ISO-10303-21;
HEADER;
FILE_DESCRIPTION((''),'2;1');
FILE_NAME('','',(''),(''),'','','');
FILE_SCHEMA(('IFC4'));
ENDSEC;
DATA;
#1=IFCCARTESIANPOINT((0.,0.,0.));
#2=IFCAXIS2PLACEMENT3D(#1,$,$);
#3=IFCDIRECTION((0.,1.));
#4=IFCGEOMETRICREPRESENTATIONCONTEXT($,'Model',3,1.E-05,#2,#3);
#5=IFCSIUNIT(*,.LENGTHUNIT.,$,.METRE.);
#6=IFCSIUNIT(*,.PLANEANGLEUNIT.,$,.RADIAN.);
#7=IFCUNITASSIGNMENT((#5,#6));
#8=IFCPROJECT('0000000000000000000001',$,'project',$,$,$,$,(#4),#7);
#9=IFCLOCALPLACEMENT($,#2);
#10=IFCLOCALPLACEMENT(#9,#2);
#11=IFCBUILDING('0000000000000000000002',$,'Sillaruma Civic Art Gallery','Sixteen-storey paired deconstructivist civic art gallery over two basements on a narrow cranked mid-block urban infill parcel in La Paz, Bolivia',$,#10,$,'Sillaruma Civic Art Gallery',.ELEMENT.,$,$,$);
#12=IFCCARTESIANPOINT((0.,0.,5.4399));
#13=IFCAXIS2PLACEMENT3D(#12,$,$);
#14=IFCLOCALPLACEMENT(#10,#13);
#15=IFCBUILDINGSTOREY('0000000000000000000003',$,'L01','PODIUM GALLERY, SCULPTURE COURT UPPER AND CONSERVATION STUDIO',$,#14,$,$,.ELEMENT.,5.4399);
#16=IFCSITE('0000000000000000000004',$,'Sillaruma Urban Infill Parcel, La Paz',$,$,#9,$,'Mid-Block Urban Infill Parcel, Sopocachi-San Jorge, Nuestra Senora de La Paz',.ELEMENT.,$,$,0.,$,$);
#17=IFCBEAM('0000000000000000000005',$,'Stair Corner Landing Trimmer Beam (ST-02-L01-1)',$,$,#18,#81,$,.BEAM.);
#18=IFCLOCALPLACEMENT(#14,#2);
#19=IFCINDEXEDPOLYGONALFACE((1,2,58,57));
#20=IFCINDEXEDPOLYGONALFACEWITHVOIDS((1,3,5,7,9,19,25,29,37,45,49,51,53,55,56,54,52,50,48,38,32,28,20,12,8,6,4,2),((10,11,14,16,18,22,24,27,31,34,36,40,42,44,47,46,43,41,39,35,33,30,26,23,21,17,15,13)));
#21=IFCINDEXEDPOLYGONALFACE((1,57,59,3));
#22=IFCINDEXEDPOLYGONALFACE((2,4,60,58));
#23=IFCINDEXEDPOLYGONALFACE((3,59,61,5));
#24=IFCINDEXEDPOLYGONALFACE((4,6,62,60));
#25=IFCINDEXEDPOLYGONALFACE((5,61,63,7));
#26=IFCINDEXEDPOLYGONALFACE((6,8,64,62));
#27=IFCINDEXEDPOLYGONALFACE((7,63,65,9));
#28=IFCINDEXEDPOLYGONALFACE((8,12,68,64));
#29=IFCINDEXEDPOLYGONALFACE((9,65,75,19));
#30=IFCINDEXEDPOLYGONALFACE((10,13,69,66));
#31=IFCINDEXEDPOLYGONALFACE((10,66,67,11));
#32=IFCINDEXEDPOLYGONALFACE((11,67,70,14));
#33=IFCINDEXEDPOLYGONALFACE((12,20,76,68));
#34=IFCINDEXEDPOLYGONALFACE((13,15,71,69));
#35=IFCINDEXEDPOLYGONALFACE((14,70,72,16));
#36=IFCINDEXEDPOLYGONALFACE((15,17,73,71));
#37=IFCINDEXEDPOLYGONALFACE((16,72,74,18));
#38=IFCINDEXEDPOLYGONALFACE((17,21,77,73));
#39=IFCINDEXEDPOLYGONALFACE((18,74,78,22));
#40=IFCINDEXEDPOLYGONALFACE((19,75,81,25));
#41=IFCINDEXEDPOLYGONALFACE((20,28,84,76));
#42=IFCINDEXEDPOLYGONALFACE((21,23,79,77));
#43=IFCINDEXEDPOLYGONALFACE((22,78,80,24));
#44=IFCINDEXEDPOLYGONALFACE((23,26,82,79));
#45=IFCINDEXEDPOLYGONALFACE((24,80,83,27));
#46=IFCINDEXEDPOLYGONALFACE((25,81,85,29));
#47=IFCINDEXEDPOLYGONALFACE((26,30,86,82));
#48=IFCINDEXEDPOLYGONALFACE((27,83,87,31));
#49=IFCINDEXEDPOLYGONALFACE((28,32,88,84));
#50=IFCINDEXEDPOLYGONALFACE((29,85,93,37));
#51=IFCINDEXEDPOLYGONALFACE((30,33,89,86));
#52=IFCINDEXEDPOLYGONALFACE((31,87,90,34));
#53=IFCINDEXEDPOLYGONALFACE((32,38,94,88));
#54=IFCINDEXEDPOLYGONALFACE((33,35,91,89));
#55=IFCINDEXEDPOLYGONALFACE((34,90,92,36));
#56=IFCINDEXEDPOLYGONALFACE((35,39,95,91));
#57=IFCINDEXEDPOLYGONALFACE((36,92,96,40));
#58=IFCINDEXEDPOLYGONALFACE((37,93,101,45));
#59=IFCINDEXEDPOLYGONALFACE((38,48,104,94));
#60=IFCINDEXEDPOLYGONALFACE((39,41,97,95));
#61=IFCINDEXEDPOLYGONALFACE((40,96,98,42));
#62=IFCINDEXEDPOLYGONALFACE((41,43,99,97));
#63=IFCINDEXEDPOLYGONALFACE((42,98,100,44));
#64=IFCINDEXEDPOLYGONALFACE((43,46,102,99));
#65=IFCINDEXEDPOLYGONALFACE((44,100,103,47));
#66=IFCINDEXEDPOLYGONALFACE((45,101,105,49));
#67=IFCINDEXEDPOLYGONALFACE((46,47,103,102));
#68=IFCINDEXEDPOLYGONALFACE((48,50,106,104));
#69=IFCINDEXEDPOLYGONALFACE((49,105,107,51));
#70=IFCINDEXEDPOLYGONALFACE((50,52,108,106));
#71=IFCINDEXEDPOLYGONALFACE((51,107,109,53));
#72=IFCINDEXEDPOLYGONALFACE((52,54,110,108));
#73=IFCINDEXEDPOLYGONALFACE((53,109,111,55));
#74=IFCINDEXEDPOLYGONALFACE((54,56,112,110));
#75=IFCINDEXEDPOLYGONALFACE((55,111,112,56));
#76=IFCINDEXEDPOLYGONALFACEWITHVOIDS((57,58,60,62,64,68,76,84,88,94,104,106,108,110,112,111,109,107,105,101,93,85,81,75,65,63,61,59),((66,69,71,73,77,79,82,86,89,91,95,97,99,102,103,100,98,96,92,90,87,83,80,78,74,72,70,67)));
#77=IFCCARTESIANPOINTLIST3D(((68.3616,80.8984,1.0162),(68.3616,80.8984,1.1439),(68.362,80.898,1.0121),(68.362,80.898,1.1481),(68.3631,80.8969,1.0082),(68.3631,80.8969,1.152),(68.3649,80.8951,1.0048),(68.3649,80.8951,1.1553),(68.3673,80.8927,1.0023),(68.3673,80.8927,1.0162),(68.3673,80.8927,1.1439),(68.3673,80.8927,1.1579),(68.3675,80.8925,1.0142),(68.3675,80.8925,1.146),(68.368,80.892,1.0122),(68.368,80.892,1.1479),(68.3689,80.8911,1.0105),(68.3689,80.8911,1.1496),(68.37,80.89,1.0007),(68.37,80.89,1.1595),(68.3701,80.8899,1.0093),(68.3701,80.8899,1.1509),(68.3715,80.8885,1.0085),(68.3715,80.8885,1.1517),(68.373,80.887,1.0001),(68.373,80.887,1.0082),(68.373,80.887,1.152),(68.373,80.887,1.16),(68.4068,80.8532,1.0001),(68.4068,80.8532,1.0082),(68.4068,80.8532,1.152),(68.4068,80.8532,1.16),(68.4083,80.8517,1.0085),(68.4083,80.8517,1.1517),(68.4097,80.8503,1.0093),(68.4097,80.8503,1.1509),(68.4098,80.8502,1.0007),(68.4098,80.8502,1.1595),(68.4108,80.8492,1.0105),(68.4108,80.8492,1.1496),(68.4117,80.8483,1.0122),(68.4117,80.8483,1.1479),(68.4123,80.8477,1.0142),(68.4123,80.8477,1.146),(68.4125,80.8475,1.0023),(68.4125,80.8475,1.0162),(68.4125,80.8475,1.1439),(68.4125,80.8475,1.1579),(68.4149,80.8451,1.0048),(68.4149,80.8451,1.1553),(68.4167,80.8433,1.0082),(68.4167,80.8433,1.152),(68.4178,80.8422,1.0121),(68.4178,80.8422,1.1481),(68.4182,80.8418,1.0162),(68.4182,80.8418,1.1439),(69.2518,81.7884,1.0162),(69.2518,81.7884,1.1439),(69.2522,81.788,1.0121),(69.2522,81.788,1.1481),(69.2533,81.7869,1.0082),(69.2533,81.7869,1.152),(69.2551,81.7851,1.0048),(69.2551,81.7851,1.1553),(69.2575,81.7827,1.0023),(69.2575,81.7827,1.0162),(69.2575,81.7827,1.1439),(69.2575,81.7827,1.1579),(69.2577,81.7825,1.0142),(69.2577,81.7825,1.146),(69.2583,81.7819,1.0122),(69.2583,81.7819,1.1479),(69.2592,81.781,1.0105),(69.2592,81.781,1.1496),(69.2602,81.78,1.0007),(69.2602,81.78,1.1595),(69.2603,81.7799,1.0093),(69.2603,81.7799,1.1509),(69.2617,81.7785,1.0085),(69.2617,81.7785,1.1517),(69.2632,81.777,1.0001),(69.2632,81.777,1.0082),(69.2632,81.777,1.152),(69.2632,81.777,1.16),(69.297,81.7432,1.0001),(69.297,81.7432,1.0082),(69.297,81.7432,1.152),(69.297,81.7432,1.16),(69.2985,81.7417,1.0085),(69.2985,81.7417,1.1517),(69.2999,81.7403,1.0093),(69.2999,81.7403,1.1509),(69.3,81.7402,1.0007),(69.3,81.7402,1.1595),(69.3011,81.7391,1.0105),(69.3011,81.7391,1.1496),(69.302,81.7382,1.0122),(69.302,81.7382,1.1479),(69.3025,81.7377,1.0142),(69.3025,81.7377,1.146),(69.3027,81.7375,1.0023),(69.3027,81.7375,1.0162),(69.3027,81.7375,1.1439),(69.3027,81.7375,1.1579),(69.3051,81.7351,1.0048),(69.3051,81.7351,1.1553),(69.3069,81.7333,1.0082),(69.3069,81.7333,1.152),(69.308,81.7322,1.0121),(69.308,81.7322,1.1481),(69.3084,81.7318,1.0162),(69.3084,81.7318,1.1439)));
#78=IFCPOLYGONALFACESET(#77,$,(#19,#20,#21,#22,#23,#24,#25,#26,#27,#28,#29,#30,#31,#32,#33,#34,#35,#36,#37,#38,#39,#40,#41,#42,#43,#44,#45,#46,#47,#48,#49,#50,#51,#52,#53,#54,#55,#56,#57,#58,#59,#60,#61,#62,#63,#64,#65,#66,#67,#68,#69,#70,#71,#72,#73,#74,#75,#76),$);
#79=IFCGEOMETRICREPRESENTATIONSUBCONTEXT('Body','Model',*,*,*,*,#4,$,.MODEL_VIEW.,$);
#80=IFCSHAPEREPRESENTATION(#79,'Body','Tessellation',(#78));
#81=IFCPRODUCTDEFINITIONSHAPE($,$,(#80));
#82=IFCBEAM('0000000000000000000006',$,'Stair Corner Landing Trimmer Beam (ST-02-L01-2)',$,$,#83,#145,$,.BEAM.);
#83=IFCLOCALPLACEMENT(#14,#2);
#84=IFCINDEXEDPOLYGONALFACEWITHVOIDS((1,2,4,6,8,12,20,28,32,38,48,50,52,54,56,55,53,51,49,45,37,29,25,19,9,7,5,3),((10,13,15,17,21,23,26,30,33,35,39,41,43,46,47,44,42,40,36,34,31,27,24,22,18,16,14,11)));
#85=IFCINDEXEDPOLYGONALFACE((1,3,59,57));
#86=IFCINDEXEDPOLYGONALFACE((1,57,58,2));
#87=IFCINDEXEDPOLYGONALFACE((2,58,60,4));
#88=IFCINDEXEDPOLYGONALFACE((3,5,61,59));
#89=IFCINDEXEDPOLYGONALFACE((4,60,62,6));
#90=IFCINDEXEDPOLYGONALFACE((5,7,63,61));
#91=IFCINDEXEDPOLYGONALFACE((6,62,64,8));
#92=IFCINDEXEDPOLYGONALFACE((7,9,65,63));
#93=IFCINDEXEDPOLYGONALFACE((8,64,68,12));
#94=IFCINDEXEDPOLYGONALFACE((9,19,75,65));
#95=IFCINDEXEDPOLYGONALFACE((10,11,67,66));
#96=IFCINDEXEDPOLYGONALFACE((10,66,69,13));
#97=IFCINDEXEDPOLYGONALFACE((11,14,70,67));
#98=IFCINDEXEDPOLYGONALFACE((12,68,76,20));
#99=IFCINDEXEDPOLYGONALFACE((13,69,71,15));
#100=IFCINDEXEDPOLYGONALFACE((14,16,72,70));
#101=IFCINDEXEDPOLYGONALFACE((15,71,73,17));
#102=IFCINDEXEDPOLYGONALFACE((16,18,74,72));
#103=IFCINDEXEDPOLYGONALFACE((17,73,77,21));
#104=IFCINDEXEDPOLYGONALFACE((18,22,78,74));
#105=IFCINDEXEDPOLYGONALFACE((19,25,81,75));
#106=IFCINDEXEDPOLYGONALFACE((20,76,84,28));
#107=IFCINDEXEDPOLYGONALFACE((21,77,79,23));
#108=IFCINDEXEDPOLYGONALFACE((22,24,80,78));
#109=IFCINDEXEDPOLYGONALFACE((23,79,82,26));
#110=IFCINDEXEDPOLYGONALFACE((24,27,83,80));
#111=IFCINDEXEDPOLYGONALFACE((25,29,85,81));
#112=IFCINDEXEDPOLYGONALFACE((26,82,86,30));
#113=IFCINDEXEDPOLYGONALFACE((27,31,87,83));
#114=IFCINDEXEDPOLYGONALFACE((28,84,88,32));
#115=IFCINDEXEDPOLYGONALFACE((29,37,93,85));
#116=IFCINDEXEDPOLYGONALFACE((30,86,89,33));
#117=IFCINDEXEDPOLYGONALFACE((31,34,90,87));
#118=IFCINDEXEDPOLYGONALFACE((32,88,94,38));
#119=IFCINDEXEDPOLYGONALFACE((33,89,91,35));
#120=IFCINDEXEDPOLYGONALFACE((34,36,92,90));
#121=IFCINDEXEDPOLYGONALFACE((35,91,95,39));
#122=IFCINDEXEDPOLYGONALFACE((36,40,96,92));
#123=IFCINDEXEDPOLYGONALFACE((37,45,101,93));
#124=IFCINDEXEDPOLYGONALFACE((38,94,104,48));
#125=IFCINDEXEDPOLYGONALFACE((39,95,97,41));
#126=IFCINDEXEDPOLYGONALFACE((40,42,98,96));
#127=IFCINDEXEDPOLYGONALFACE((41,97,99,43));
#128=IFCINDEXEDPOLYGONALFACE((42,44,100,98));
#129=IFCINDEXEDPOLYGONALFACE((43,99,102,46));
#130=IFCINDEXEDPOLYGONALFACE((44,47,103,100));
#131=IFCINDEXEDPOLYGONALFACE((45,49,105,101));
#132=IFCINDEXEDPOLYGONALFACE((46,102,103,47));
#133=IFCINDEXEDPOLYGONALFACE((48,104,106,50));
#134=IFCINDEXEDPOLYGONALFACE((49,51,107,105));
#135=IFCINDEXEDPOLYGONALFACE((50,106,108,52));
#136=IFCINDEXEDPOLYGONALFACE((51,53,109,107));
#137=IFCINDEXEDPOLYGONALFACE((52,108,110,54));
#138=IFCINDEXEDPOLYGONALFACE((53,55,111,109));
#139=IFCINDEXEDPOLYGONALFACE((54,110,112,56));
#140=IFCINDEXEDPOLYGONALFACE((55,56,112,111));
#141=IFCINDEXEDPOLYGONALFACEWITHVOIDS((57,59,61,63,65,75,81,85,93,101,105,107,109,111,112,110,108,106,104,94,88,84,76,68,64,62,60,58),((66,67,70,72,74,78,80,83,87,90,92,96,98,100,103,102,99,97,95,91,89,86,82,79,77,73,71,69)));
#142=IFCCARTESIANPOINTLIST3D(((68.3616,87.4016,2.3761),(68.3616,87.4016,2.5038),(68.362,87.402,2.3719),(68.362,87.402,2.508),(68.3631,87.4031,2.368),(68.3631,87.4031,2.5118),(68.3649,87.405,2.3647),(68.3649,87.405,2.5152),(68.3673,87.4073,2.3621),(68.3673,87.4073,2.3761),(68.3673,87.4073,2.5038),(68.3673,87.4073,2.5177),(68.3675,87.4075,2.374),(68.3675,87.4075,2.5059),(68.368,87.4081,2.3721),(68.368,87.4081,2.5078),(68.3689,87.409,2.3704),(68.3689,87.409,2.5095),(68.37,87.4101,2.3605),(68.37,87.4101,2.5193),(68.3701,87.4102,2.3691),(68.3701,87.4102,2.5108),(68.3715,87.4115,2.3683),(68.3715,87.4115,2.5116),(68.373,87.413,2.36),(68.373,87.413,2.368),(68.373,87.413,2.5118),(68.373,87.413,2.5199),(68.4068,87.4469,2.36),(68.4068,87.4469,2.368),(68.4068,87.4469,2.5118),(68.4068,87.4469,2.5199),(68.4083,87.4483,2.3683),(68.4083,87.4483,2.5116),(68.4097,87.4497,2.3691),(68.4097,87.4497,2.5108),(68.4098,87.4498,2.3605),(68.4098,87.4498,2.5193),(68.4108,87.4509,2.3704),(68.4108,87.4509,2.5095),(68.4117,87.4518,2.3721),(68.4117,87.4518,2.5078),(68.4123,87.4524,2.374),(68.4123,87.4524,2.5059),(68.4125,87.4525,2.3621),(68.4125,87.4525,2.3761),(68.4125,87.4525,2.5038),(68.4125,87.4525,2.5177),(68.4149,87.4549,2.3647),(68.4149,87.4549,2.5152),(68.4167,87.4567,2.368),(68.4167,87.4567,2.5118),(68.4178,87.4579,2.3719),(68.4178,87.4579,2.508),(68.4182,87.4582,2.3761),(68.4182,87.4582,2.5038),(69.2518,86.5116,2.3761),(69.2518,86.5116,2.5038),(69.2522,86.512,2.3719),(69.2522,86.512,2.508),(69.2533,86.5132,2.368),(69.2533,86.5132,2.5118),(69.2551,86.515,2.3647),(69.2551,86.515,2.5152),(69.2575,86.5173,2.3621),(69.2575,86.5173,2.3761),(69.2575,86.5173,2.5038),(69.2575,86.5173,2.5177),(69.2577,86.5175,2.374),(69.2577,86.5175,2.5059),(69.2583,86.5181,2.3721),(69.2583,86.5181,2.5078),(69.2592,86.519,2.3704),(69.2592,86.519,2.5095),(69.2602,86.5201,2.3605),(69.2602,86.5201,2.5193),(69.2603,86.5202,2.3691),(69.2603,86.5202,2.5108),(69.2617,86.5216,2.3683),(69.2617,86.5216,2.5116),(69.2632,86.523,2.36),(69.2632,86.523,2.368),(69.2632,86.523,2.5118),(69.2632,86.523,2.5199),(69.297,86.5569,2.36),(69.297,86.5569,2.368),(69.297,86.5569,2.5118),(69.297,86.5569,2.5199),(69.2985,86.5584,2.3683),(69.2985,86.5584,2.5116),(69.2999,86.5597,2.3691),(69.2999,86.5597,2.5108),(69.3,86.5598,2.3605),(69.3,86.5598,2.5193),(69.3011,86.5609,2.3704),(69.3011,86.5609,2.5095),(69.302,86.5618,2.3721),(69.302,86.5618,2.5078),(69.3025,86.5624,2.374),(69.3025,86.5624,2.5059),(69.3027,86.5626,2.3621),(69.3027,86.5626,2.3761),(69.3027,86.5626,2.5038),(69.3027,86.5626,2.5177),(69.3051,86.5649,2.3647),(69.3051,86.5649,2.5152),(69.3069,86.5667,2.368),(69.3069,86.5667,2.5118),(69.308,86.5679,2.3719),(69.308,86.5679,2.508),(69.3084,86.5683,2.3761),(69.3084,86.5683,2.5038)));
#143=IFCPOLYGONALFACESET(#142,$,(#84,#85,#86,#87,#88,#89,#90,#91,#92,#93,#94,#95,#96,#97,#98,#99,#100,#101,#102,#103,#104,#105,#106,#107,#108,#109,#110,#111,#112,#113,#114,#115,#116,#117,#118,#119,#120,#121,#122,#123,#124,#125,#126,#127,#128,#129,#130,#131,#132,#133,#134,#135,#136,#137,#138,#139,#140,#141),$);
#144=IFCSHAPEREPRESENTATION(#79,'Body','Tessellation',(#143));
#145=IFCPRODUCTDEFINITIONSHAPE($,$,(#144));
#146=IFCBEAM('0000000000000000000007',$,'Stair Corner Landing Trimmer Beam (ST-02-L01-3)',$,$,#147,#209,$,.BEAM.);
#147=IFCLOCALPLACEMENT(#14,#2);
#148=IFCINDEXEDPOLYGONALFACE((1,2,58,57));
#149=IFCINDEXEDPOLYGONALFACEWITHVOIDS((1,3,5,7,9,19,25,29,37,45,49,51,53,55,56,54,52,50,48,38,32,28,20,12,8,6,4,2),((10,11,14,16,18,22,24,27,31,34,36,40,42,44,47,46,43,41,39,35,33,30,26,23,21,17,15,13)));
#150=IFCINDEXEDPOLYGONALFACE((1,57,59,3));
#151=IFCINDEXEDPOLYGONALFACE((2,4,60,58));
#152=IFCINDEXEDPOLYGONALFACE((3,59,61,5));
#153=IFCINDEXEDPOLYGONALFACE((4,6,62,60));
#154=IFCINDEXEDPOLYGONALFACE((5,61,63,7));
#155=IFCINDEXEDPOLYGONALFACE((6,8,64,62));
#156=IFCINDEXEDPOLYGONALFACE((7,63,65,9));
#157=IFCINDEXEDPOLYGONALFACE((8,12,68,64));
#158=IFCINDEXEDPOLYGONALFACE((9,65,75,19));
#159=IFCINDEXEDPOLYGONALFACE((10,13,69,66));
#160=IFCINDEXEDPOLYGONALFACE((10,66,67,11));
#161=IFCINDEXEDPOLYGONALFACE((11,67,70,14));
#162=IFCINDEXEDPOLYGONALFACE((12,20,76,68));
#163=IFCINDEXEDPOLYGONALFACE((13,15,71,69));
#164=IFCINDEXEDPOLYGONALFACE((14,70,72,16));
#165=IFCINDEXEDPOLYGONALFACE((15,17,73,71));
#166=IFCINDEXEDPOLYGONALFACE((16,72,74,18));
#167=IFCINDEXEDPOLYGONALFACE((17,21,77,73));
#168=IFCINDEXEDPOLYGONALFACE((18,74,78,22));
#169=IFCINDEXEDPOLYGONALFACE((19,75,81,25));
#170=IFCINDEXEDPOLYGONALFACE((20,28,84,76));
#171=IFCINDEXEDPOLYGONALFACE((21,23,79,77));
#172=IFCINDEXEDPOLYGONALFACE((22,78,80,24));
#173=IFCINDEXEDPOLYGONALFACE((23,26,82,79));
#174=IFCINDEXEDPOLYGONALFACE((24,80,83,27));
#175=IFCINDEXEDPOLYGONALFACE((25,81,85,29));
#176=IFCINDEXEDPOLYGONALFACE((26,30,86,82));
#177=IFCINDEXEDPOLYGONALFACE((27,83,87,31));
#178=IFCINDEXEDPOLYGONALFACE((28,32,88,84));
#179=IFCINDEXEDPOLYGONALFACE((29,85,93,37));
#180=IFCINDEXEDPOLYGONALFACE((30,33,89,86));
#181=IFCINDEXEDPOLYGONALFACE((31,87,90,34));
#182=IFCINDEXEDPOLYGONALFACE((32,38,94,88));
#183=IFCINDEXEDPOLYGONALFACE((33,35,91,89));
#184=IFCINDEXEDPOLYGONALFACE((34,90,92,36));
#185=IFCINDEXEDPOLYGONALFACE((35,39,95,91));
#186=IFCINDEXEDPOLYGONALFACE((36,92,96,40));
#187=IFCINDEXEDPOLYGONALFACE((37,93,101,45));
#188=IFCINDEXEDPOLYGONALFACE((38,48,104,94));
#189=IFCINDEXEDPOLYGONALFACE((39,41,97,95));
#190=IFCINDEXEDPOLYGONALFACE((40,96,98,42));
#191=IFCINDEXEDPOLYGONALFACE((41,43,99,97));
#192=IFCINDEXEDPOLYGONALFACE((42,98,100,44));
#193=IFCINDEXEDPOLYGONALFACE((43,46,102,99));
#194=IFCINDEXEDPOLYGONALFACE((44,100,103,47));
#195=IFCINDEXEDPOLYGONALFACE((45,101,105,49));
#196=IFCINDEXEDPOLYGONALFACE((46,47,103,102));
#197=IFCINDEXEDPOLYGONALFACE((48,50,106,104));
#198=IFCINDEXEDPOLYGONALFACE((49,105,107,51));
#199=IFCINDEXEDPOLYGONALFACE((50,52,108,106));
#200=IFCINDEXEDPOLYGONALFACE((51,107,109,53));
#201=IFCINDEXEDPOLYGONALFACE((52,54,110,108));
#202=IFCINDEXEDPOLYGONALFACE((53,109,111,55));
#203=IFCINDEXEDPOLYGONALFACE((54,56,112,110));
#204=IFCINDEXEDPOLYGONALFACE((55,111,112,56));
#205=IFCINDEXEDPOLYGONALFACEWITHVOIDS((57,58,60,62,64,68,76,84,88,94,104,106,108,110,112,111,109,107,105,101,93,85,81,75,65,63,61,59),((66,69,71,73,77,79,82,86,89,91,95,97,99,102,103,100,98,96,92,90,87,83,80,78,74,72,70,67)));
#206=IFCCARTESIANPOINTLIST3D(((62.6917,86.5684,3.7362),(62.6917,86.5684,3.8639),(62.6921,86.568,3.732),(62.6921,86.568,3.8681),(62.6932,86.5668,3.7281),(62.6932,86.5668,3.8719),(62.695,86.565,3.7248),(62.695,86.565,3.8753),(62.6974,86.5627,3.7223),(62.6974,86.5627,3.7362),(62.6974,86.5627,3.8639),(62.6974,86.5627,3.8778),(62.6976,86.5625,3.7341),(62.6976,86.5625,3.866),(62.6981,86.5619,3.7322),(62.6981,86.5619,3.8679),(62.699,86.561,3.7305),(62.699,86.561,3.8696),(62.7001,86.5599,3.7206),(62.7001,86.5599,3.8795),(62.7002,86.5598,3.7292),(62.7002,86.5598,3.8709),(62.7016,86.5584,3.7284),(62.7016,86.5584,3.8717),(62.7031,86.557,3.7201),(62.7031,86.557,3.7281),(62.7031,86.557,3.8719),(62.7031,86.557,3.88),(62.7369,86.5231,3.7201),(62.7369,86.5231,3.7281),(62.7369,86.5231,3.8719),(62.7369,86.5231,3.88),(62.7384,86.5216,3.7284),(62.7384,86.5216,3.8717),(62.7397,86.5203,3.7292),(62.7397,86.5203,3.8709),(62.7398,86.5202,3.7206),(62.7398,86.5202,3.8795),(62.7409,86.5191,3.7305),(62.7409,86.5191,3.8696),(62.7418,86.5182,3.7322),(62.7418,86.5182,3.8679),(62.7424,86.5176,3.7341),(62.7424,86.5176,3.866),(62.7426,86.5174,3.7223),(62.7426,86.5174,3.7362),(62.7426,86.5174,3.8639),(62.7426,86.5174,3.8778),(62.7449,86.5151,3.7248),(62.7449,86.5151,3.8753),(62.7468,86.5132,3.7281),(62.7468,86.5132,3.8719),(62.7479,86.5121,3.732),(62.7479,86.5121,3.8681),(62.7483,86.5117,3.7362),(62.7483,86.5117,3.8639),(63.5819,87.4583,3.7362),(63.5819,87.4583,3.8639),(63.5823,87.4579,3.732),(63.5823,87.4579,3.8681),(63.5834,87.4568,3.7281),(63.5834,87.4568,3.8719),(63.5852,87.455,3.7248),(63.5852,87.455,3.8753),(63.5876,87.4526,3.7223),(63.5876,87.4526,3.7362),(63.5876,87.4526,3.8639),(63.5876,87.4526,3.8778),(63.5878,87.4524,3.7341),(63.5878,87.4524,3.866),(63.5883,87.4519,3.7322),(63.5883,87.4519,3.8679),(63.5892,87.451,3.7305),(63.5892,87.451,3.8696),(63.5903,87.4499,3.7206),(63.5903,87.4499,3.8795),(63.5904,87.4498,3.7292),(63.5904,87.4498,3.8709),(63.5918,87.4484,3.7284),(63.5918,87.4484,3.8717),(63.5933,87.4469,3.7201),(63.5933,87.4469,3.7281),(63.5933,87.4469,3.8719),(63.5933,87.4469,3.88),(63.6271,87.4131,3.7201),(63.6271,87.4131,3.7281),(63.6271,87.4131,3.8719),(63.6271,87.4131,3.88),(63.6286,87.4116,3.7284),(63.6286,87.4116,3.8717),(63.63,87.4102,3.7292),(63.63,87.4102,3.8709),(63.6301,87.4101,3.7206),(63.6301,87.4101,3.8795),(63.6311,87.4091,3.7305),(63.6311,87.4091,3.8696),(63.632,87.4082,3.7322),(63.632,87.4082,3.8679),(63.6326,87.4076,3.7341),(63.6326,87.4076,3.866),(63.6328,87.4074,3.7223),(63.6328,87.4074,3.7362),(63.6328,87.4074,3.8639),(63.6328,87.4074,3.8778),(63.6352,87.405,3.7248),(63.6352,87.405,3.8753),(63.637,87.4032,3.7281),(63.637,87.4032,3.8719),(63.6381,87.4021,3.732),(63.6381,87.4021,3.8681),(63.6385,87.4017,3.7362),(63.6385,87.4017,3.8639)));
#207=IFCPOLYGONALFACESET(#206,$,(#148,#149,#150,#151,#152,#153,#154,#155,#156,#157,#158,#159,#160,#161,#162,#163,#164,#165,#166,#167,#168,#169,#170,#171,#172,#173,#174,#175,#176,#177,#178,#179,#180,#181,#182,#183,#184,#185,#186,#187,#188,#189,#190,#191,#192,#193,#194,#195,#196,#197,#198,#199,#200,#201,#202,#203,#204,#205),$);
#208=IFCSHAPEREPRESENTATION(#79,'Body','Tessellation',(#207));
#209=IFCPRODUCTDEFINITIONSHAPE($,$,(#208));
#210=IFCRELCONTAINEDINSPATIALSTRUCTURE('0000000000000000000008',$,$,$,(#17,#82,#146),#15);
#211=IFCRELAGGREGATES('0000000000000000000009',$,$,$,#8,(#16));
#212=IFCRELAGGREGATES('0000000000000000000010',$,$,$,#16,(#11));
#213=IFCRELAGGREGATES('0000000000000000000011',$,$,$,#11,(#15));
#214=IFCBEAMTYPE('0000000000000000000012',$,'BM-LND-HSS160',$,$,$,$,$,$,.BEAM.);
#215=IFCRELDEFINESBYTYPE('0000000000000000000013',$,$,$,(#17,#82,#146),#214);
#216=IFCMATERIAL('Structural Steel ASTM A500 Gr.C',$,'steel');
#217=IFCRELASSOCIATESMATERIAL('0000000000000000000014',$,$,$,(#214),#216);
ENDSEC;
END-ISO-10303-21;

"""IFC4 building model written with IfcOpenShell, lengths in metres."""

from ifc_helpers import new_model, si_unit, direction, frame, origin, origin_2d, place, context, subcontext, project, spatial, hollow_rectangle, extrude, material, material_profile, profile_set, type_object, element, save


model = new_model("IFC4")

# Units and contexts
model_context = context("Model", 3, precision=1e-05, world=origin(), true_north=direction((0.0, 1.0)))
body_context = subcontext(model_context, "Body", "Model", "MODEL_VIEW")
ifc_project = project(units=[si_unit("LENGTHUNIT", "METRE"), si_unit("PLANEANGLEUNIT", "RADIAN")], contexts=[model_context])

# Site, building, storey
site_placement = place(None, origin())
site = spatial("IfcSite", under=ifc_project, at=site_placement, Name="Sillaruma Urban Infill Parcel, La Paz", LongName="Mid-Block Urban Infill Parcel, Sopocachi-San Jorge, Nuestra Senora de La Paz", CompositionType="ELEMENT", RefElevation=0.0)
building_placement = place(site_placement, origin())
building = spatial("IfcBuilding", under=site, at=building_placement, Name="Sillaruma Civic Art Gallery", Description="Sixteen-storey paired deconstructivist civic art gallery over two basements on a narrow cranked mid-block urban infill parcel in La Paz, Bolivia", LongName="Sillaruma Civic Art Gallery", CompositionType="ELEMENT")
storey_placement = place(building_placement, frame((0.0, 0.0, 5.4399)))
storey = spatial("IfcBuildingStorey", under=building, at=storey_placement, Name="L01", Description="PODIUM GALLERY, SCULPTURE COURT UPPER AND CONSERVATION STUDIO", CompositionType="ELEMENT", Elevation=5.4399)

# Beams
ifc_material_1 = material(Name="Structural Steel ASTM A500 Gr.C", Category="steel")
ifc_material_profile_1 = material_profile(ifc_material_1, hollow_rectangle(XDim=0.0801, YDim=0.1599, WallThickness=0.0081, InnerFilletRadius=0.0081, OuterFilletRadius=0.0161, at=origin_2d()), Name="HSS160x80x8")
ifc_profile_set_1 = profile_set([ifc_material_profile_1], Name="Structural Steel ASTM A500 Gr.C")
beam_type_1 = type_object("IfcBeamType", Name="BM-LND-HSS160", PredefinedType="BEAM", material=ifc_profile_set_1)
for number, where, z_axis, x_axis, name in (
    (1, (68.3899, 80.8701, 1.0801), (0.707204, 0.70701, 0.0), (-0.70701, 0.707204, 0.0), "Stair Corner Landing Trimmer Beam (ST-02-L01-1)"),
    (2, (68.3899, 87.4299, 2.4399), (0.707204, -0.70701, 0.0), (0.70701, 0.707204, 0.0), "Stair Corner Landing Trimmer Beam (ST-02-L01-2)"),
    (3, (62.72, 86.54, 3.8), (0.707204, 0.70701, 0.0), (-0.70701, 0.707204, 0.0), "Stair Corner Landing Trimmer Beam (ST-02-L01-3)"),
):
    element("IfcBeam", number, at=place(storey_placement, frame(where, z_axis=z_axis, x_axis=x_axis)), inside=storey, type_object=beam_type_1, Name=name, PredefinedType="BEAM", context=body_context, shape_type="SweptSolid", body=[
        extrude(hollow_rectangle(XDim=0.0801, YDim=0.1599, WallThickness=0.0081, InnerFilletRadius=0.0081, OuterFilletRadius=0.0161, at=origin_2d()), origin(), (0.0, 0.0, 1.0), 1.2588),
    ])

save(model, "model.ifc")
